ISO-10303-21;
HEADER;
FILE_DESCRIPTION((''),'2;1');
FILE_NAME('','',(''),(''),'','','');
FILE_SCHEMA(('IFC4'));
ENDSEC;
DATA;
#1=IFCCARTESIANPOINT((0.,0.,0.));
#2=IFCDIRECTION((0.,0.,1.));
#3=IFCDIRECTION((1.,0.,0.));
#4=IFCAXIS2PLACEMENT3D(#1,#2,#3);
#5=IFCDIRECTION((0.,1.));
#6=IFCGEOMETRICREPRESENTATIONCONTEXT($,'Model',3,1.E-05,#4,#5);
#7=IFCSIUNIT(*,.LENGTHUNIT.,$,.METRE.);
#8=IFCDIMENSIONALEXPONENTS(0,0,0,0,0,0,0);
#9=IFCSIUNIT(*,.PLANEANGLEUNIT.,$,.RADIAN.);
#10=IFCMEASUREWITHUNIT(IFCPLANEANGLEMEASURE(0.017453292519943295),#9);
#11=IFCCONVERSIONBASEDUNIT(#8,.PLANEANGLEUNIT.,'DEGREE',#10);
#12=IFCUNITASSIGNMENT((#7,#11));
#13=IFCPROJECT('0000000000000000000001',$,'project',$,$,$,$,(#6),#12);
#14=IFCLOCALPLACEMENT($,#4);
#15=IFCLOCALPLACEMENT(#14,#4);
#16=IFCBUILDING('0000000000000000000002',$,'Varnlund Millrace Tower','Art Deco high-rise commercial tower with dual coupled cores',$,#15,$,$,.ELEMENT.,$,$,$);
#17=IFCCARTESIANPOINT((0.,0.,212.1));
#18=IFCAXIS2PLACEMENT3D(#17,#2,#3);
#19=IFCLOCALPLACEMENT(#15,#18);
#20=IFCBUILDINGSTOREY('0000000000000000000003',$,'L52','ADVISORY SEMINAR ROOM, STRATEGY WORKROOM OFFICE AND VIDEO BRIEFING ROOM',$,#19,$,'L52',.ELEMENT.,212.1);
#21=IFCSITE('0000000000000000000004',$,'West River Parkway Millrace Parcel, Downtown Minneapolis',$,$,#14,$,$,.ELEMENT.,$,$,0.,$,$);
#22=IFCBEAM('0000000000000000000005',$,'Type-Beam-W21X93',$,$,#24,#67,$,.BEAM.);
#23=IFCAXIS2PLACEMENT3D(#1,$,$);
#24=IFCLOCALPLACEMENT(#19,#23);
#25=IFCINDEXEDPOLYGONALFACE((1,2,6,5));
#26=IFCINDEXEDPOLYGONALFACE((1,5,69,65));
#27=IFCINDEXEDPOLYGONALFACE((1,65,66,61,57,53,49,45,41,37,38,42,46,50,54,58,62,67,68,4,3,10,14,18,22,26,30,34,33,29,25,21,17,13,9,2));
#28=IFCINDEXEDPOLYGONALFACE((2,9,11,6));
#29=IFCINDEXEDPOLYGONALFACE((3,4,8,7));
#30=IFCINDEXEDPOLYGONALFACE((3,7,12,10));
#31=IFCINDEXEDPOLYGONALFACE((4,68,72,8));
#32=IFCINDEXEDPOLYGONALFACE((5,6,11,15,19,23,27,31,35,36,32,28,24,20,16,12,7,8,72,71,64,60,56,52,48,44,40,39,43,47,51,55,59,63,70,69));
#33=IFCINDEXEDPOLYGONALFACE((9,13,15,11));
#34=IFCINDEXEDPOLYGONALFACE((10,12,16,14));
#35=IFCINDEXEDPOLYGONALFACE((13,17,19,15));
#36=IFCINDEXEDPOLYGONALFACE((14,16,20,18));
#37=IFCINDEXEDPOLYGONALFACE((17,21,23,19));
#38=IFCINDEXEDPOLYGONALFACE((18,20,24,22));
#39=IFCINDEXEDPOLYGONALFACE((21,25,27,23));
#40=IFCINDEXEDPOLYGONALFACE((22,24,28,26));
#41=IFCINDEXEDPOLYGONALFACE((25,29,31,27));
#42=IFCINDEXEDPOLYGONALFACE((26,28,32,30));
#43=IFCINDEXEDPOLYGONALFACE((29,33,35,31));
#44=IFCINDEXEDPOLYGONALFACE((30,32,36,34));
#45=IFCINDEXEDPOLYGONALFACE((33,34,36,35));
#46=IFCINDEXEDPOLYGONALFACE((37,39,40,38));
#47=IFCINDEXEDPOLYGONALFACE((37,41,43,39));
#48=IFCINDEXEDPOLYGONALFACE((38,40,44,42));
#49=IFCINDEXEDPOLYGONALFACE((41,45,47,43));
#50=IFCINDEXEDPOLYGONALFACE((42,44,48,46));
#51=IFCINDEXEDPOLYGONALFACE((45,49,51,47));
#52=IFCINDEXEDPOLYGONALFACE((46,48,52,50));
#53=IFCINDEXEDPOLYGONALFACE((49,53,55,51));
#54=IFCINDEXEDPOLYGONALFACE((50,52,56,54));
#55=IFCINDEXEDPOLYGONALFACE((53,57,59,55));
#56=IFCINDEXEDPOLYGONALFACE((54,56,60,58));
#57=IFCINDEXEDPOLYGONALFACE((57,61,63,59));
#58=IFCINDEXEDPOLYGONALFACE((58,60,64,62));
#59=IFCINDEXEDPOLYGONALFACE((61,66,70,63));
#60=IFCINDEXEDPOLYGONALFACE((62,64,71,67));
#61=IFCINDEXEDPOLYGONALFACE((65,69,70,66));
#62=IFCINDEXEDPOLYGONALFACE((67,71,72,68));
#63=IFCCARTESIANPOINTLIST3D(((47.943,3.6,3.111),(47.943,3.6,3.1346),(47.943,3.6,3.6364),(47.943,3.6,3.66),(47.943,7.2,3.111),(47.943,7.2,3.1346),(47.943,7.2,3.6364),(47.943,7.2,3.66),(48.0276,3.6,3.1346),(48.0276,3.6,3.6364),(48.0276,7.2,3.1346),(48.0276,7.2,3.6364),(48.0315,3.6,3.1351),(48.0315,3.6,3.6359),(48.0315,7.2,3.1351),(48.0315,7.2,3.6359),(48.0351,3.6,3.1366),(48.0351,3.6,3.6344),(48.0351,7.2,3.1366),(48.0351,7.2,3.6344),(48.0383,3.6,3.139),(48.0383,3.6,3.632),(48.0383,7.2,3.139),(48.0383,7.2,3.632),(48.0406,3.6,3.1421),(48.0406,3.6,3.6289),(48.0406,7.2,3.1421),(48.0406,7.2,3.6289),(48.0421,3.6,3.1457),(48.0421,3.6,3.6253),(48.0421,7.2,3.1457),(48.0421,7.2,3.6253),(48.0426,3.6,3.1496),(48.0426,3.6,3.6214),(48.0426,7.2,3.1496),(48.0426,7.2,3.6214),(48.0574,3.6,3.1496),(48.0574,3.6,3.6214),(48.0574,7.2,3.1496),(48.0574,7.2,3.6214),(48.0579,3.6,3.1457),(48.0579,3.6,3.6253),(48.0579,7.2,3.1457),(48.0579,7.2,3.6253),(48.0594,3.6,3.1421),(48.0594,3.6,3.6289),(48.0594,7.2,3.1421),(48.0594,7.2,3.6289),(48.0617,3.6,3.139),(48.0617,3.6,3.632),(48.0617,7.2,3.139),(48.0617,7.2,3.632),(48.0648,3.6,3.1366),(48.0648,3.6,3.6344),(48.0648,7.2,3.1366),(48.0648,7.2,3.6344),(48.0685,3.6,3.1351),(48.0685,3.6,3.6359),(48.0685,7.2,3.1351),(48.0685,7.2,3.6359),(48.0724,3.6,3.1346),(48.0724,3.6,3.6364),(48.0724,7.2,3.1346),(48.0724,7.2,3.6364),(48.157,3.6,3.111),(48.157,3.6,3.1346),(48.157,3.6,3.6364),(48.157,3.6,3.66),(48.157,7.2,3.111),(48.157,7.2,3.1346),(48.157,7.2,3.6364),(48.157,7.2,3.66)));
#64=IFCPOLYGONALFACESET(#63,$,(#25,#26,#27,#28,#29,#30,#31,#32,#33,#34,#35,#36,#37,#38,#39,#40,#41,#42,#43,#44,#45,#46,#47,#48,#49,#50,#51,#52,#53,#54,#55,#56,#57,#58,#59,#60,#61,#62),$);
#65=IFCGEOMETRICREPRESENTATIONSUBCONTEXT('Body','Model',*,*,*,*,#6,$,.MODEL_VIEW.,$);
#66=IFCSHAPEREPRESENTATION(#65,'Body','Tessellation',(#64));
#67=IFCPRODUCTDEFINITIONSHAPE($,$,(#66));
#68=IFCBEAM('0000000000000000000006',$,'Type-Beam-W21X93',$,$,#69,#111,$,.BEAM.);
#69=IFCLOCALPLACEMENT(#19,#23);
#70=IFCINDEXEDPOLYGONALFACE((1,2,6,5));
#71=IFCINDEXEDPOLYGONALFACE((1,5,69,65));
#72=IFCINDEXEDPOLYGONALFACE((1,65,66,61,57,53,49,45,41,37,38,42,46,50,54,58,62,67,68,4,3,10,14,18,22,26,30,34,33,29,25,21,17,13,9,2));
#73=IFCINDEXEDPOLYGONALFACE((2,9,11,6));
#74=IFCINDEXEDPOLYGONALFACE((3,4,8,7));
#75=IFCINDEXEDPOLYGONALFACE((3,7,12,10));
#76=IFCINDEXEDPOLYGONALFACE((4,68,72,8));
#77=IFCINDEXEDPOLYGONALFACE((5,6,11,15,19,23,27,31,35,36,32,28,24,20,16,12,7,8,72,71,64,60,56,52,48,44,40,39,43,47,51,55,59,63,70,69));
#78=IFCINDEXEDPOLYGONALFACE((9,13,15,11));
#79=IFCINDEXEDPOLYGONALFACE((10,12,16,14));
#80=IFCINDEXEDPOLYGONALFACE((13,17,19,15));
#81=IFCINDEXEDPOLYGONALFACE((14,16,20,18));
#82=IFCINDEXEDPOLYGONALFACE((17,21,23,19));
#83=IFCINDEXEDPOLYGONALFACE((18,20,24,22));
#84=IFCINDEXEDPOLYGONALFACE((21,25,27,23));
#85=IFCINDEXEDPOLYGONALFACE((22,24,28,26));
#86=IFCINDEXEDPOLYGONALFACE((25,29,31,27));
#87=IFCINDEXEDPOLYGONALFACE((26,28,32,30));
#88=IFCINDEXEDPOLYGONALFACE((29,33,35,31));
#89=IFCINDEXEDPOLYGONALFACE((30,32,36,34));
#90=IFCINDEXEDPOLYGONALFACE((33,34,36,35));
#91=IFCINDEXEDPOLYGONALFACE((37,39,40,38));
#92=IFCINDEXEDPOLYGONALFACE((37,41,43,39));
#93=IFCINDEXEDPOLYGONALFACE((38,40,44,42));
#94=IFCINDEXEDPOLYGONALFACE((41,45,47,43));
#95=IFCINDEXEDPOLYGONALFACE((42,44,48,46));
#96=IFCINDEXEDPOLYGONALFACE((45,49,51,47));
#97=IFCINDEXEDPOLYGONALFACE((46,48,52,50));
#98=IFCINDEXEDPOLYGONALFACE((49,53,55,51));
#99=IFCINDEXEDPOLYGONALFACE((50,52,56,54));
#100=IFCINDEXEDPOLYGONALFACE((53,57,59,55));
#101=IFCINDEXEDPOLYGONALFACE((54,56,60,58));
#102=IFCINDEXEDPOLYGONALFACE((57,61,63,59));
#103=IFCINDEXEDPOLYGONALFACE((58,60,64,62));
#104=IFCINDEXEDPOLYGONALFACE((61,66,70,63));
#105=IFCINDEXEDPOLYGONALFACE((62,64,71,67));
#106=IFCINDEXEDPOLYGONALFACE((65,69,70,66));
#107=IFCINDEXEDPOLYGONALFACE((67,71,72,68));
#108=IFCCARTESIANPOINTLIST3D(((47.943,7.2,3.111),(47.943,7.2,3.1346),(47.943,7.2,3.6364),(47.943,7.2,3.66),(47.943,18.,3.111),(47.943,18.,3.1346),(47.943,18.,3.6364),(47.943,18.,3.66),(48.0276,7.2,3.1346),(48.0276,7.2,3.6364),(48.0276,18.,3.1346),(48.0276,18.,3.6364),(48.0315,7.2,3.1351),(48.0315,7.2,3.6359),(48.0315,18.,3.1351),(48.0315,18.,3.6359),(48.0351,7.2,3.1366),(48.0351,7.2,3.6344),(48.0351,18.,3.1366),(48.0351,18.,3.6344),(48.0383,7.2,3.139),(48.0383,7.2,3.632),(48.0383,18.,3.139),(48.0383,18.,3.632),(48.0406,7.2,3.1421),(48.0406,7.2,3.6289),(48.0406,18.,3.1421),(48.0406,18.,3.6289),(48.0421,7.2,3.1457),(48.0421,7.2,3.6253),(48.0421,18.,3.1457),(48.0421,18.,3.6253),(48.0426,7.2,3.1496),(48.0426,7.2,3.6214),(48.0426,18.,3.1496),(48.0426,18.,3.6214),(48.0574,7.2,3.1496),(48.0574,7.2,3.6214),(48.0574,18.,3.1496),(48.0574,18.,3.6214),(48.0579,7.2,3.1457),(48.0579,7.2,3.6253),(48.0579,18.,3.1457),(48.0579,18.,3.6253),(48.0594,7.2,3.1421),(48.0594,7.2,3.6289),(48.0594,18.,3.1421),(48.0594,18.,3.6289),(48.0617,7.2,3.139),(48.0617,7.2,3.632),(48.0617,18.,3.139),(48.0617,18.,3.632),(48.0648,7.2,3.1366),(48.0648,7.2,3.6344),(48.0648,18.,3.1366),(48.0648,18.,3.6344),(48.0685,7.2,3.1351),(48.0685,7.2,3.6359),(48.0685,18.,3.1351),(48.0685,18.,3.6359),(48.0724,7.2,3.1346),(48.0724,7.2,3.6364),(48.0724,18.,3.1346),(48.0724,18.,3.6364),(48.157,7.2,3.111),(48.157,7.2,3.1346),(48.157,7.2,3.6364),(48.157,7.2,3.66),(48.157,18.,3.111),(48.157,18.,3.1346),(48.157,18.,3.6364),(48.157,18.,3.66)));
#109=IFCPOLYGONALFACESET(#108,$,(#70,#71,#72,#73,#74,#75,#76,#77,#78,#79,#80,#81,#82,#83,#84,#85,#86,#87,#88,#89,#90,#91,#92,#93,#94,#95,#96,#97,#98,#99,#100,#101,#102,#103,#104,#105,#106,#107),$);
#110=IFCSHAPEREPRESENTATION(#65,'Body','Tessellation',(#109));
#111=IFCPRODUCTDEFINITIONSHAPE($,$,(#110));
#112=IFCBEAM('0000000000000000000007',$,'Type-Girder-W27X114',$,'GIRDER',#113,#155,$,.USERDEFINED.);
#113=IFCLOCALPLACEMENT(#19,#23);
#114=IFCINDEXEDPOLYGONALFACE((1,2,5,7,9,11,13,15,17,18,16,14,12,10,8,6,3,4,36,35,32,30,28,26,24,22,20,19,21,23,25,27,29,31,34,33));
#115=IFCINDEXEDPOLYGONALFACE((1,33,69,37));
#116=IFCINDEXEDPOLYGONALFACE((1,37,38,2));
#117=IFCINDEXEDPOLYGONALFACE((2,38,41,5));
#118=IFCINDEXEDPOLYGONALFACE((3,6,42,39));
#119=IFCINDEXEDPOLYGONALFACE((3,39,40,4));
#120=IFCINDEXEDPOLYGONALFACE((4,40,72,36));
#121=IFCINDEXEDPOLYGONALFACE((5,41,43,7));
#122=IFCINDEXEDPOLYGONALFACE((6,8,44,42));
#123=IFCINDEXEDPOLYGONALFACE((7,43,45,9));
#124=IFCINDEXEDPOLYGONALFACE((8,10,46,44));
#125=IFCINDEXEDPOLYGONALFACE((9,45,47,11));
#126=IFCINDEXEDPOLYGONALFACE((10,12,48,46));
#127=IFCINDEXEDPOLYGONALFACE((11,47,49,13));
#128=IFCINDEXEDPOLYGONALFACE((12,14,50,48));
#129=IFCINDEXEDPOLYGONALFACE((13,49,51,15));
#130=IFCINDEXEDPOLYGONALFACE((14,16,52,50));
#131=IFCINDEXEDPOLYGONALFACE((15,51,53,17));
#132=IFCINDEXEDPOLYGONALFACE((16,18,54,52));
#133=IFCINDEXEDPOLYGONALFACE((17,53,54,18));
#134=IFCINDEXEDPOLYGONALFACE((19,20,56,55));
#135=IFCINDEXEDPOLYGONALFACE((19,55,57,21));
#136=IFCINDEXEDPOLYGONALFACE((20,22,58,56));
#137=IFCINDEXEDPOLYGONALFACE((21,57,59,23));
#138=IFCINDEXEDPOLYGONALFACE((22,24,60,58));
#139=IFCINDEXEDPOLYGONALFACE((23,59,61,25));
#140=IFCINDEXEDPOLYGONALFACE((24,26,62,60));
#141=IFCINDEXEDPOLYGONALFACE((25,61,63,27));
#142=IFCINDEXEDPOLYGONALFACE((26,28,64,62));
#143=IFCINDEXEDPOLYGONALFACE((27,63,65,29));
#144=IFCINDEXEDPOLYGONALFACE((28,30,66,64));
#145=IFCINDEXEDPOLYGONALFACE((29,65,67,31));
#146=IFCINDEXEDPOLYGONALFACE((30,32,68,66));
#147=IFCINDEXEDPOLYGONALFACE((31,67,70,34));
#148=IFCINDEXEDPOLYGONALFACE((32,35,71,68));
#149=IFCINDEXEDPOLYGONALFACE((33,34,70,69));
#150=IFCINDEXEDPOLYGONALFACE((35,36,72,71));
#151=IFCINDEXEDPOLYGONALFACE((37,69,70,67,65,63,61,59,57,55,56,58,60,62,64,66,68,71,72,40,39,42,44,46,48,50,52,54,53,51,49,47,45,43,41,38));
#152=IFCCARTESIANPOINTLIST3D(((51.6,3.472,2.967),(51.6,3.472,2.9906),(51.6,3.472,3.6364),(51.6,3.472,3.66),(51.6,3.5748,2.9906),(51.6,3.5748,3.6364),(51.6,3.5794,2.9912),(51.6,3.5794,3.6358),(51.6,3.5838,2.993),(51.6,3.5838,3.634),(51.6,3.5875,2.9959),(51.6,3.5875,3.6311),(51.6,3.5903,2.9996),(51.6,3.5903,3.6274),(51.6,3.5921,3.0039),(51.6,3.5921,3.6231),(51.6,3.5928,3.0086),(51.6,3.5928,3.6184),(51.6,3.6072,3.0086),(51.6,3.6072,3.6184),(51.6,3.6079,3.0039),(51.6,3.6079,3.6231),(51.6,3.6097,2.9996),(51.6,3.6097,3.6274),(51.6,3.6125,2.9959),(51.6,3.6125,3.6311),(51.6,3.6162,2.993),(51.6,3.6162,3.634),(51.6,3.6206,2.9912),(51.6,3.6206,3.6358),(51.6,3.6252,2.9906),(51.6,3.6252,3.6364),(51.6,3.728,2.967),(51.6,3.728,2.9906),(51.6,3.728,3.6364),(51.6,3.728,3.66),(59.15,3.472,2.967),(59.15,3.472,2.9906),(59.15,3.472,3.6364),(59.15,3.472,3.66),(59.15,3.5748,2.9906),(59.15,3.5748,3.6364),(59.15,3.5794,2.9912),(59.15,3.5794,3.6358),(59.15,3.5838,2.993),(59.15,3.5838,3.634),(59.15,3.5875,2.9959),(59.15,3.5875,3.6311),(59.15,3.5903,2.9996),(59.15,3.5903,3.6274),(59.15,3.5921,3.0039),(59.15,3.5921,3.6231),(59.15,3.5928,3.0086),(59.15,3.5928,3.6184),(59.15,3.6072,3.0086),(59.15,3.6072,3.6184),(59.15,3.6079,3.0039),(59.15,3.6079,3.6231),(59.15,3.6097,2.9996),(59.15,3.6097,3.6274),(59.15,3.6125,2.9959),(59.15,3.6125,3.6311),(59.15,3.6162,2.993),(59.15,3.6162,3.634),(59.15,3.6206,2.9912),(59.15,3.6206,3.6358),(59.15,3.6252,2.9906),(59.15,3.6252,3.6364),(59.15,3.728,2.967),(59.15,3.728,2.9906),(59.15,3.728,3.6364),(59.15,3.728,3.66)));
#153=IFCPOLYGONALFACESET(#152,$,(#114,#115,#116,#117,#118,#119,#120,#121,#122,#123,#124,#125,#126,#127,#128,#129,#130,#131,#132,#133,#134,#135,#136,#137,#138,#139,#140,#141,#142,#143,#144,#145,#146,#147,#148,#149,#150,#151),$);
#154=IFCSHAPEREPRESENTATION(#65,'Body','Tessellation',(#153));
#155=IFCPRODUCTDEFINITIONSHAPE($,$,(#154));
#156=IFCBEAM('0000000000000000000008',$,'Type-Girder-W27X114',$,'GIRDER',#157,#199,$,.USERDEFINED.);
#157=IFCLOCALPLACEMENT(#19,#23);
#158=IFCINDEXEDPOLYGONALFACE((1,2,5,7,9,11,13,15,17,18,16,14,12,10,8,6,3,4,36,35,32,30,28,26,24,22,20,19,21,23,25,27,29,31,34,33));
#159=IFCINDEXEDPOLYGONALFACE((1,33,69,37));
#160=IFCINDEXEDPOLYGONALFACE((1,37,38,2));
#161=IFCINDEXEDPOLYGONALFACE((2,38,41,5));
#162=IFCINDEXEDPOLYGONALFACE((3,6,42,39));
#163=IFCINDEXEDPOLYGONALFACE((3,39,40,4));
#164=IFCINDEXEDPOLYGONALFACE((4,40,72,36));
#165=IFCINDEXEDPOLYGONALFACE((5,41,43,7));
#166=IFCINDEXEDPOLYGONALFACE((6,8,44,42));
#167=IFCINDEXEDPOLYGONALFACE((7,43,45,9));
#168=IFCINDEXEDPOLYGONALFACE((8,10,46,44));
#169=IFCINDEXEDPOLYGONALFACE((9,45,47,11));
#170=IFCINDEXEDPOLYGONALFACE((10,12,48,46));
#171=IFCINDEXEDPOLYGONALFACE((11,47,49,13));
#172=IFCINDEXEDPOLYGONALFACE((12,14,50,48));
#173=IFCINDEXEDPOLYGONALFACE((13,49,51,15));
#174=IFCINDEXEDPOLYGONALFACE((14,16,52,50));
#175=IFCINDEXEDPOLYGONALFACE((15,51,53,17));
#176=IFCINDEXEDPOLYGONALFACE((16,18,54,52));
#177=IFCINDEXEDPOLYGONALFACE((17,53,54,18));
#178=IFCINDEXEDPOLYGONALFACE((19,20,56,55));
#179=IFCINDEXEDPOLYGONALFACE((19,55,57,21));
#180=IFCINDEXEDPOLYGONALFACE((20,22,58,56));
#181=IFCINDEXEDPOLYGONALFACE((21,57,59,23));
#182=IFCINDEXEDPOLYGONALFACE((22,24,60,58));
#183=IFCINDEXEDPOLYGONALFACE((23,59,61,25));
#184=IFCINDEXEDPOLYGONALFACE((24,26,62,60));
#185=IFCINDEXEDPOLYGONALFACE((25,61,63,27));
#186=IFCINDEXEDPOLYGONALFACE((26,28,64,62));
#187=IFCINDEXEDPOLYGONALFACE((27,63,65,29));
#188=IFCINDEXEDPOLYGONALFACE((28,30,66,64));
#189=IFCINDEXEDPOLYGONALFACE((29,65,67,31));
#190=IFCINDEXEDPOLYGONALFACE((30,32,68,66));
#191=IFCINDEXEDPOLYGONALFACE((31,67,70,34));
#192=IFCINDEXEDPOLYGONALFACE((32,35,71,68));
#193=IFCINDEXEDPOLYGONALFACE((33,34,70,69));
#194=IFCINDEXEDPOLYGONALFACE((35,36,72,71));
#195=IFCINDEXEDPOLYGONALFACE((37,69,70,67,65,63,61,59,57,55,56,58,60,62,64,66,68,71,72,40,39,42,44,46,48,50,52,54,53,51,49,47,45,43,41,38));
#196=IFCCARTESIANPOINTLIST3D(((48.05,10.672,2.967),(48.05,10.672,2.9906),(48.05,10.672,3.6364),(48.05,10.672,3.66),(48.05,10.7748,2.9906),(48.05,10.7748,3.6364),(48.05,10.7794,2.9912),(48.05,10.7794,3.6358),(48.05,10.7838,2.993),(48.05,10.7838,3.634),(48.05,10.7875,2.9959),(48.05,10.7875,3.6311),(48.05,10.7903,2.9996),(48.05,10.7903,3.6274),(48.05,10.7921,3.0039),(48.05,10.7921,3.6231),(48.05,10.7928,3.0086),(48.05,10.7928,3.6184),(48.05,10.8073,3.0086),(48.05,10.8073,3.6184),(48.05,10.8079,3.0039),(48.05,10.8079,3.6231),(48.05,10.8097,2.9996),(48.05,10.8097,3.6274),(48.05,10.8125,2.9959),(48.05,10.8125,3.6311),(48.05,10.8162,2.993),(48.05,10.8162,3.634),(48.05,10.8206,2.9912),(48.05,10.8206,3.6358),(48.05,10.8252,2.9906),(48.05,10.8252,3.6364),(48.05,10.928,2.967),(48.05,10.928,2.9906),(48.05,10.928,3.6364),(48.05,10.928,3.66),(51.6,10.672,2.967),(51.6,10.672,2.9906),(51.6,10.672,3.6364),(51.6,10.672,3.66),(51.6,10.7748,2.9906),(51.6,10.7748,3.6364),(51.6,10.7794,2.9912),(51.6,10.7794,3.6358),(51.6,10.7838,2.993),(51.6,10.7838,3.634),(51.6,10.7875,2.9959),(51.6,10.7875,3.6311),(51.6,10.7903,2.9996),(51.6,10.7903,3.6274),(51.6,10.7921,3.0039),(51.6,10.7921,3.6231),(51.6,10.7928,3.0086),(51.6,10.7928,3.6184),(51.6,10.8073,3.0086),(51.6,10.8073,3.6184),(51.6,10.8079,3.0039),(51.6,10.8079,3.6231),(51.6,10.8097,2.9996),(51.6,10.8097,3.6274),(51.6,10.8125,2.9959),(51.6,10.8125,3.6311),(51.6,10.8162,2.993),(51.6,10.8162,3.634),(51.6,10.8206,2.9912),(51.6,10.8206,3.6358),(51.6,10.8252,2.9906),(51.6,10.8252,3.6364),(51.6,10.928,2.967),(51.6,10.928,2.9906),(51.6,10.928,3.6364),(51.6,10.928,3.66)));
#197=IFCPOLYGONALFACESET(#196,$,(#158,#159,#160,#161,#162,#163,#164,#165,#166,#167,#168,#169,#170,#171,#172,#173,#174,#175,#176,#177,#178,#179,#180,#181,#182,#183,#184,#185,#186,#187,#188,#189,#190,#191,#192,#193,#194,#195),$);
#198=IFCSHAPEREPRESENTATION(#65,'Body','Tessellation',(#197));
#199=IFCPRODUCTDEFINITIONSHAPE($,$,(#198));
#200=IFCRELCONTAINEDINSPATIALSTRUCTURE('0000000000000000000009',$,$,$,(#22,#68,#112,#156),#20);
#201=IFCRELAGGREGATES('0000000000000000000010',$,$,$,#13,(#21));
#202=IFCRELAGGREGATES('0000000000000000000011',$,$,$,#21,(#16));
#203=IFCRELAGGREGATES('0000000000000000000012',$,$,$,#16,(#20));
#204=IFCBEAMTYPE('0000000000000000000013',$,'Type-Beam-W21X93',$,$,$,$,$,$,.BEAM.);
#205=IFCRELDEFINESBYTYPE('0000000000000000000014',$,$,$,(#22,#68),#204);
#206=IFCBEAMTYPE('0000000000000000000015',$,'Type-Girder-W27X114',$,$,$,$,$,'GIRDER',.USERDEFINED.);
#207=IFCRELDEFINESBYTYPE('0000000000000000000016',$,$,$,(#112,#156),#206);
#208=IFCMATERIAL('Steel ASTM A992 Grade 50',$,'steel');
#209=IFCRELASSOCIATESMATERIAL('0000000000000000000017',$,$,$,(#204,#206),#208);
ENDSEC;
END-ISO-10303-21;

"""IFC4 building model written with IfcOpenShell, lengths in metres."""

from ifc_helpers import new_model, entity, si_unit, converted_unit, direction, frame, origin_with_axes, origin_2d_with_axis, place, context, subcontext, project, spatial, i_section, extrude, material, material_profile, profile_set, type_object, element, save


model = new_model("IFC4")

# Units and contexts
model_context = context("Model", 3, precision=1e-05, world=origin_with_axes(), true_north=direction((0.0, 1.0)))
body_context = subcontext(model_context, "Body", "Model", "MODEL_VIEW")
ifc_project = project(units=[si_unit("LENGTHUNIT", "METRE"), converted_unit("PLANEANGLEUNIT", "DEGREE", entity("IfcPlaneAngleMeasure", 0.017453292519943295), si_unit("PLANEANGLEUNIT", "RADIAN"), dimensions=[0, 0, 0, 0, 0, 0, 0])], contexts=[model_context])

# Site, building, storey
site_placement = place(None, origin_with_axes())
site = spatial("IfcSite", under=ifc_project, at=site_placement, Name="West River Parkway Millrace Parcel, Downtown Minneapolis", CompositionType="ELEMENT", RefElevation=0.0)
building_placement = place(site_placement, origin_with_axes())
building = spatial("IfcBuilding", under=site, at=building_placement, Name="Varnlund Millrace Tower", Description="Art Deco high-rise commercial tower with dual coupled cores", CompositionType="ELEMENT")
storey_placement = place(building_placement, frame((0.0, 0.0, 212.1), z_axis=(0.0, 0.0, 1.0), x_axis=(1.0, 0.0, 0.0)))
storey = spatial("IfcBuildingStorey", under=building, at=storey_placement, Name="L52", Description="ADVISORY SEMINAR ROOM, STRATEGY WORKROOM OFFICE AND VIDEO BRIEFING ROOM", LongName="L52", CompositionType="ELEMENT", Elevation=212.1)

# Beams
ifc_material_1 = material(Name="Steel ASTM A992 Grade 50", Category="steel")
ifc_material_profile_1 = material_profile(ifc_material_1, i_section(OverallWidth=0.214, OverallDepth=0.549, WebThickness=0.0147, FlangeThickness=0.0236, FilletRadius=0.015, at=origin_2d_with_axis()), Name="Steel ASTM A992 Grade 50")
ifc_profile_set_1 = profile_set([ifc_material_profile_1], Name="Steel ASTM A992 Grade 50")
beam_type_1 = type_object("IfcBeamType", Name="Type-Beam-W21X93", PredefinedType="BEAM", material=ifc_profile_set_1)
beam_1_placement = place(storey_placement, frame((48.05, 3.6, 3.3855), z_axis=(0.0, 1.0, 0.0), x_axis=(-1.0, 0.0, 0.0)))
element("IfcBeam", 1, at=beam_1_placement, inside=storey, type_object=beam_type_1, Name="Type-Beam-W21X93", PredefinedType="BEAM", context=body_context, shape_type="SweptSolid", body=[
    extrude(i_section(OverallWidth=0.214, OverallDepth=0.549, WebThickness=0.0147, FlangeThickness=0.0236, FilletRadius=0.015, at=origin_2d_with_axis()), origin_with_axes(), (0.0, 0.0, 1.0), 3.6),
])
beam_2_placement = place(storey_placement, frame((48.05, 7.2, 3.3855), z_axis=(0.0, 1.0, 0.0), x_axis=(-1.0, 0.0, 0.0)))
element("IfcBeam", 2, at=beam_2_placement, inside=storey, type_object=beam_type_1, Name="Type-Beam-W21X93", PredefinedType="BEAM", context=body_context, shape_type="SweptSolid", body=[
    extrude(i_section(OverallWidth=0.214, OverallDepth=0.549, WebThickness=0.0147, FlangeThickness=0.0236, FilletRadius=0.015, at=origin_2d_with_axis()), origin_with_axes(), (0.0, 0.0, 1.0), 10.8),
])
ifc_material_profile_2 = material_profile(ifc_material_1, i_section(OverallWidth=0.256, OverallDepth=0.693, WebThickness=0.0145, FlangeThickness=0.0236, FilletRadius=0.018, at=origin_2d_with_axis()), Name="Steel ASTM A992 Grade 50")
ifc_profile_set_2 = profile_set([ifc_material_profile_2], Name="Steel ASTM A992 Grade 50")
beam_type_2 = type_object("IfcBeamType", Name="Type-Girder-W27X114", ElementType="GIRDER", PredefinedType="USERDEFINED", material=ifc_profile_set_2)
beam_3_placement = place(storey_placement, frame((51.6, 3.6, 3.3135), z_axis=(1.0, 0.0, 0.0), x_axis=(0.0, 1.0, 0.0)))
element("IfcBeam", 3, at=beam_3_placement, inside=storey, type_object=beam_type_2, Name="Type-Girder-W27X114", ObjectType="GIRDER", PredefinedType="USERDEFINED", context=body_context, shape_type="SweptSolid", body=[
    extrude(i_section(OverallWidth=0.256, OverallDepth=0.693, WebThickness=0.0145, FlangeThickness=0.0236, FilletRadius=0.018, at=origin_2d_with_axis()), origin_with_axes(), (0.0, 0.0, 1.0), 7.55),
])
beam_4_placement = place(storey_placement, frame((48.05, 10.8, 3.3135), z_axis=(1.0, 0.0, 0.0), x_axis=(0.0, 1.0, 0.0)))
element("IfcBeam", 4, at=beam_4_placement, inside=storey, type_object=beam_type_2, Name="Type-Girder-W27X114", ObjectType="GIRDER", PredefinedType="USERDEFINED", context=body_context, shape_type="SweptSolid", body=[
    extrude(i_section(OverallWidth=0.256, OverallDepth=0.693, WebThickness=0.0145, FlangeThickness=0.0236, FilletRadius=0.018, at=origin_2d_with_axis()), origin_with_axes(), (0.0, 0.0, 1.0), 3.55),
])

save(model, "model.ifc")
